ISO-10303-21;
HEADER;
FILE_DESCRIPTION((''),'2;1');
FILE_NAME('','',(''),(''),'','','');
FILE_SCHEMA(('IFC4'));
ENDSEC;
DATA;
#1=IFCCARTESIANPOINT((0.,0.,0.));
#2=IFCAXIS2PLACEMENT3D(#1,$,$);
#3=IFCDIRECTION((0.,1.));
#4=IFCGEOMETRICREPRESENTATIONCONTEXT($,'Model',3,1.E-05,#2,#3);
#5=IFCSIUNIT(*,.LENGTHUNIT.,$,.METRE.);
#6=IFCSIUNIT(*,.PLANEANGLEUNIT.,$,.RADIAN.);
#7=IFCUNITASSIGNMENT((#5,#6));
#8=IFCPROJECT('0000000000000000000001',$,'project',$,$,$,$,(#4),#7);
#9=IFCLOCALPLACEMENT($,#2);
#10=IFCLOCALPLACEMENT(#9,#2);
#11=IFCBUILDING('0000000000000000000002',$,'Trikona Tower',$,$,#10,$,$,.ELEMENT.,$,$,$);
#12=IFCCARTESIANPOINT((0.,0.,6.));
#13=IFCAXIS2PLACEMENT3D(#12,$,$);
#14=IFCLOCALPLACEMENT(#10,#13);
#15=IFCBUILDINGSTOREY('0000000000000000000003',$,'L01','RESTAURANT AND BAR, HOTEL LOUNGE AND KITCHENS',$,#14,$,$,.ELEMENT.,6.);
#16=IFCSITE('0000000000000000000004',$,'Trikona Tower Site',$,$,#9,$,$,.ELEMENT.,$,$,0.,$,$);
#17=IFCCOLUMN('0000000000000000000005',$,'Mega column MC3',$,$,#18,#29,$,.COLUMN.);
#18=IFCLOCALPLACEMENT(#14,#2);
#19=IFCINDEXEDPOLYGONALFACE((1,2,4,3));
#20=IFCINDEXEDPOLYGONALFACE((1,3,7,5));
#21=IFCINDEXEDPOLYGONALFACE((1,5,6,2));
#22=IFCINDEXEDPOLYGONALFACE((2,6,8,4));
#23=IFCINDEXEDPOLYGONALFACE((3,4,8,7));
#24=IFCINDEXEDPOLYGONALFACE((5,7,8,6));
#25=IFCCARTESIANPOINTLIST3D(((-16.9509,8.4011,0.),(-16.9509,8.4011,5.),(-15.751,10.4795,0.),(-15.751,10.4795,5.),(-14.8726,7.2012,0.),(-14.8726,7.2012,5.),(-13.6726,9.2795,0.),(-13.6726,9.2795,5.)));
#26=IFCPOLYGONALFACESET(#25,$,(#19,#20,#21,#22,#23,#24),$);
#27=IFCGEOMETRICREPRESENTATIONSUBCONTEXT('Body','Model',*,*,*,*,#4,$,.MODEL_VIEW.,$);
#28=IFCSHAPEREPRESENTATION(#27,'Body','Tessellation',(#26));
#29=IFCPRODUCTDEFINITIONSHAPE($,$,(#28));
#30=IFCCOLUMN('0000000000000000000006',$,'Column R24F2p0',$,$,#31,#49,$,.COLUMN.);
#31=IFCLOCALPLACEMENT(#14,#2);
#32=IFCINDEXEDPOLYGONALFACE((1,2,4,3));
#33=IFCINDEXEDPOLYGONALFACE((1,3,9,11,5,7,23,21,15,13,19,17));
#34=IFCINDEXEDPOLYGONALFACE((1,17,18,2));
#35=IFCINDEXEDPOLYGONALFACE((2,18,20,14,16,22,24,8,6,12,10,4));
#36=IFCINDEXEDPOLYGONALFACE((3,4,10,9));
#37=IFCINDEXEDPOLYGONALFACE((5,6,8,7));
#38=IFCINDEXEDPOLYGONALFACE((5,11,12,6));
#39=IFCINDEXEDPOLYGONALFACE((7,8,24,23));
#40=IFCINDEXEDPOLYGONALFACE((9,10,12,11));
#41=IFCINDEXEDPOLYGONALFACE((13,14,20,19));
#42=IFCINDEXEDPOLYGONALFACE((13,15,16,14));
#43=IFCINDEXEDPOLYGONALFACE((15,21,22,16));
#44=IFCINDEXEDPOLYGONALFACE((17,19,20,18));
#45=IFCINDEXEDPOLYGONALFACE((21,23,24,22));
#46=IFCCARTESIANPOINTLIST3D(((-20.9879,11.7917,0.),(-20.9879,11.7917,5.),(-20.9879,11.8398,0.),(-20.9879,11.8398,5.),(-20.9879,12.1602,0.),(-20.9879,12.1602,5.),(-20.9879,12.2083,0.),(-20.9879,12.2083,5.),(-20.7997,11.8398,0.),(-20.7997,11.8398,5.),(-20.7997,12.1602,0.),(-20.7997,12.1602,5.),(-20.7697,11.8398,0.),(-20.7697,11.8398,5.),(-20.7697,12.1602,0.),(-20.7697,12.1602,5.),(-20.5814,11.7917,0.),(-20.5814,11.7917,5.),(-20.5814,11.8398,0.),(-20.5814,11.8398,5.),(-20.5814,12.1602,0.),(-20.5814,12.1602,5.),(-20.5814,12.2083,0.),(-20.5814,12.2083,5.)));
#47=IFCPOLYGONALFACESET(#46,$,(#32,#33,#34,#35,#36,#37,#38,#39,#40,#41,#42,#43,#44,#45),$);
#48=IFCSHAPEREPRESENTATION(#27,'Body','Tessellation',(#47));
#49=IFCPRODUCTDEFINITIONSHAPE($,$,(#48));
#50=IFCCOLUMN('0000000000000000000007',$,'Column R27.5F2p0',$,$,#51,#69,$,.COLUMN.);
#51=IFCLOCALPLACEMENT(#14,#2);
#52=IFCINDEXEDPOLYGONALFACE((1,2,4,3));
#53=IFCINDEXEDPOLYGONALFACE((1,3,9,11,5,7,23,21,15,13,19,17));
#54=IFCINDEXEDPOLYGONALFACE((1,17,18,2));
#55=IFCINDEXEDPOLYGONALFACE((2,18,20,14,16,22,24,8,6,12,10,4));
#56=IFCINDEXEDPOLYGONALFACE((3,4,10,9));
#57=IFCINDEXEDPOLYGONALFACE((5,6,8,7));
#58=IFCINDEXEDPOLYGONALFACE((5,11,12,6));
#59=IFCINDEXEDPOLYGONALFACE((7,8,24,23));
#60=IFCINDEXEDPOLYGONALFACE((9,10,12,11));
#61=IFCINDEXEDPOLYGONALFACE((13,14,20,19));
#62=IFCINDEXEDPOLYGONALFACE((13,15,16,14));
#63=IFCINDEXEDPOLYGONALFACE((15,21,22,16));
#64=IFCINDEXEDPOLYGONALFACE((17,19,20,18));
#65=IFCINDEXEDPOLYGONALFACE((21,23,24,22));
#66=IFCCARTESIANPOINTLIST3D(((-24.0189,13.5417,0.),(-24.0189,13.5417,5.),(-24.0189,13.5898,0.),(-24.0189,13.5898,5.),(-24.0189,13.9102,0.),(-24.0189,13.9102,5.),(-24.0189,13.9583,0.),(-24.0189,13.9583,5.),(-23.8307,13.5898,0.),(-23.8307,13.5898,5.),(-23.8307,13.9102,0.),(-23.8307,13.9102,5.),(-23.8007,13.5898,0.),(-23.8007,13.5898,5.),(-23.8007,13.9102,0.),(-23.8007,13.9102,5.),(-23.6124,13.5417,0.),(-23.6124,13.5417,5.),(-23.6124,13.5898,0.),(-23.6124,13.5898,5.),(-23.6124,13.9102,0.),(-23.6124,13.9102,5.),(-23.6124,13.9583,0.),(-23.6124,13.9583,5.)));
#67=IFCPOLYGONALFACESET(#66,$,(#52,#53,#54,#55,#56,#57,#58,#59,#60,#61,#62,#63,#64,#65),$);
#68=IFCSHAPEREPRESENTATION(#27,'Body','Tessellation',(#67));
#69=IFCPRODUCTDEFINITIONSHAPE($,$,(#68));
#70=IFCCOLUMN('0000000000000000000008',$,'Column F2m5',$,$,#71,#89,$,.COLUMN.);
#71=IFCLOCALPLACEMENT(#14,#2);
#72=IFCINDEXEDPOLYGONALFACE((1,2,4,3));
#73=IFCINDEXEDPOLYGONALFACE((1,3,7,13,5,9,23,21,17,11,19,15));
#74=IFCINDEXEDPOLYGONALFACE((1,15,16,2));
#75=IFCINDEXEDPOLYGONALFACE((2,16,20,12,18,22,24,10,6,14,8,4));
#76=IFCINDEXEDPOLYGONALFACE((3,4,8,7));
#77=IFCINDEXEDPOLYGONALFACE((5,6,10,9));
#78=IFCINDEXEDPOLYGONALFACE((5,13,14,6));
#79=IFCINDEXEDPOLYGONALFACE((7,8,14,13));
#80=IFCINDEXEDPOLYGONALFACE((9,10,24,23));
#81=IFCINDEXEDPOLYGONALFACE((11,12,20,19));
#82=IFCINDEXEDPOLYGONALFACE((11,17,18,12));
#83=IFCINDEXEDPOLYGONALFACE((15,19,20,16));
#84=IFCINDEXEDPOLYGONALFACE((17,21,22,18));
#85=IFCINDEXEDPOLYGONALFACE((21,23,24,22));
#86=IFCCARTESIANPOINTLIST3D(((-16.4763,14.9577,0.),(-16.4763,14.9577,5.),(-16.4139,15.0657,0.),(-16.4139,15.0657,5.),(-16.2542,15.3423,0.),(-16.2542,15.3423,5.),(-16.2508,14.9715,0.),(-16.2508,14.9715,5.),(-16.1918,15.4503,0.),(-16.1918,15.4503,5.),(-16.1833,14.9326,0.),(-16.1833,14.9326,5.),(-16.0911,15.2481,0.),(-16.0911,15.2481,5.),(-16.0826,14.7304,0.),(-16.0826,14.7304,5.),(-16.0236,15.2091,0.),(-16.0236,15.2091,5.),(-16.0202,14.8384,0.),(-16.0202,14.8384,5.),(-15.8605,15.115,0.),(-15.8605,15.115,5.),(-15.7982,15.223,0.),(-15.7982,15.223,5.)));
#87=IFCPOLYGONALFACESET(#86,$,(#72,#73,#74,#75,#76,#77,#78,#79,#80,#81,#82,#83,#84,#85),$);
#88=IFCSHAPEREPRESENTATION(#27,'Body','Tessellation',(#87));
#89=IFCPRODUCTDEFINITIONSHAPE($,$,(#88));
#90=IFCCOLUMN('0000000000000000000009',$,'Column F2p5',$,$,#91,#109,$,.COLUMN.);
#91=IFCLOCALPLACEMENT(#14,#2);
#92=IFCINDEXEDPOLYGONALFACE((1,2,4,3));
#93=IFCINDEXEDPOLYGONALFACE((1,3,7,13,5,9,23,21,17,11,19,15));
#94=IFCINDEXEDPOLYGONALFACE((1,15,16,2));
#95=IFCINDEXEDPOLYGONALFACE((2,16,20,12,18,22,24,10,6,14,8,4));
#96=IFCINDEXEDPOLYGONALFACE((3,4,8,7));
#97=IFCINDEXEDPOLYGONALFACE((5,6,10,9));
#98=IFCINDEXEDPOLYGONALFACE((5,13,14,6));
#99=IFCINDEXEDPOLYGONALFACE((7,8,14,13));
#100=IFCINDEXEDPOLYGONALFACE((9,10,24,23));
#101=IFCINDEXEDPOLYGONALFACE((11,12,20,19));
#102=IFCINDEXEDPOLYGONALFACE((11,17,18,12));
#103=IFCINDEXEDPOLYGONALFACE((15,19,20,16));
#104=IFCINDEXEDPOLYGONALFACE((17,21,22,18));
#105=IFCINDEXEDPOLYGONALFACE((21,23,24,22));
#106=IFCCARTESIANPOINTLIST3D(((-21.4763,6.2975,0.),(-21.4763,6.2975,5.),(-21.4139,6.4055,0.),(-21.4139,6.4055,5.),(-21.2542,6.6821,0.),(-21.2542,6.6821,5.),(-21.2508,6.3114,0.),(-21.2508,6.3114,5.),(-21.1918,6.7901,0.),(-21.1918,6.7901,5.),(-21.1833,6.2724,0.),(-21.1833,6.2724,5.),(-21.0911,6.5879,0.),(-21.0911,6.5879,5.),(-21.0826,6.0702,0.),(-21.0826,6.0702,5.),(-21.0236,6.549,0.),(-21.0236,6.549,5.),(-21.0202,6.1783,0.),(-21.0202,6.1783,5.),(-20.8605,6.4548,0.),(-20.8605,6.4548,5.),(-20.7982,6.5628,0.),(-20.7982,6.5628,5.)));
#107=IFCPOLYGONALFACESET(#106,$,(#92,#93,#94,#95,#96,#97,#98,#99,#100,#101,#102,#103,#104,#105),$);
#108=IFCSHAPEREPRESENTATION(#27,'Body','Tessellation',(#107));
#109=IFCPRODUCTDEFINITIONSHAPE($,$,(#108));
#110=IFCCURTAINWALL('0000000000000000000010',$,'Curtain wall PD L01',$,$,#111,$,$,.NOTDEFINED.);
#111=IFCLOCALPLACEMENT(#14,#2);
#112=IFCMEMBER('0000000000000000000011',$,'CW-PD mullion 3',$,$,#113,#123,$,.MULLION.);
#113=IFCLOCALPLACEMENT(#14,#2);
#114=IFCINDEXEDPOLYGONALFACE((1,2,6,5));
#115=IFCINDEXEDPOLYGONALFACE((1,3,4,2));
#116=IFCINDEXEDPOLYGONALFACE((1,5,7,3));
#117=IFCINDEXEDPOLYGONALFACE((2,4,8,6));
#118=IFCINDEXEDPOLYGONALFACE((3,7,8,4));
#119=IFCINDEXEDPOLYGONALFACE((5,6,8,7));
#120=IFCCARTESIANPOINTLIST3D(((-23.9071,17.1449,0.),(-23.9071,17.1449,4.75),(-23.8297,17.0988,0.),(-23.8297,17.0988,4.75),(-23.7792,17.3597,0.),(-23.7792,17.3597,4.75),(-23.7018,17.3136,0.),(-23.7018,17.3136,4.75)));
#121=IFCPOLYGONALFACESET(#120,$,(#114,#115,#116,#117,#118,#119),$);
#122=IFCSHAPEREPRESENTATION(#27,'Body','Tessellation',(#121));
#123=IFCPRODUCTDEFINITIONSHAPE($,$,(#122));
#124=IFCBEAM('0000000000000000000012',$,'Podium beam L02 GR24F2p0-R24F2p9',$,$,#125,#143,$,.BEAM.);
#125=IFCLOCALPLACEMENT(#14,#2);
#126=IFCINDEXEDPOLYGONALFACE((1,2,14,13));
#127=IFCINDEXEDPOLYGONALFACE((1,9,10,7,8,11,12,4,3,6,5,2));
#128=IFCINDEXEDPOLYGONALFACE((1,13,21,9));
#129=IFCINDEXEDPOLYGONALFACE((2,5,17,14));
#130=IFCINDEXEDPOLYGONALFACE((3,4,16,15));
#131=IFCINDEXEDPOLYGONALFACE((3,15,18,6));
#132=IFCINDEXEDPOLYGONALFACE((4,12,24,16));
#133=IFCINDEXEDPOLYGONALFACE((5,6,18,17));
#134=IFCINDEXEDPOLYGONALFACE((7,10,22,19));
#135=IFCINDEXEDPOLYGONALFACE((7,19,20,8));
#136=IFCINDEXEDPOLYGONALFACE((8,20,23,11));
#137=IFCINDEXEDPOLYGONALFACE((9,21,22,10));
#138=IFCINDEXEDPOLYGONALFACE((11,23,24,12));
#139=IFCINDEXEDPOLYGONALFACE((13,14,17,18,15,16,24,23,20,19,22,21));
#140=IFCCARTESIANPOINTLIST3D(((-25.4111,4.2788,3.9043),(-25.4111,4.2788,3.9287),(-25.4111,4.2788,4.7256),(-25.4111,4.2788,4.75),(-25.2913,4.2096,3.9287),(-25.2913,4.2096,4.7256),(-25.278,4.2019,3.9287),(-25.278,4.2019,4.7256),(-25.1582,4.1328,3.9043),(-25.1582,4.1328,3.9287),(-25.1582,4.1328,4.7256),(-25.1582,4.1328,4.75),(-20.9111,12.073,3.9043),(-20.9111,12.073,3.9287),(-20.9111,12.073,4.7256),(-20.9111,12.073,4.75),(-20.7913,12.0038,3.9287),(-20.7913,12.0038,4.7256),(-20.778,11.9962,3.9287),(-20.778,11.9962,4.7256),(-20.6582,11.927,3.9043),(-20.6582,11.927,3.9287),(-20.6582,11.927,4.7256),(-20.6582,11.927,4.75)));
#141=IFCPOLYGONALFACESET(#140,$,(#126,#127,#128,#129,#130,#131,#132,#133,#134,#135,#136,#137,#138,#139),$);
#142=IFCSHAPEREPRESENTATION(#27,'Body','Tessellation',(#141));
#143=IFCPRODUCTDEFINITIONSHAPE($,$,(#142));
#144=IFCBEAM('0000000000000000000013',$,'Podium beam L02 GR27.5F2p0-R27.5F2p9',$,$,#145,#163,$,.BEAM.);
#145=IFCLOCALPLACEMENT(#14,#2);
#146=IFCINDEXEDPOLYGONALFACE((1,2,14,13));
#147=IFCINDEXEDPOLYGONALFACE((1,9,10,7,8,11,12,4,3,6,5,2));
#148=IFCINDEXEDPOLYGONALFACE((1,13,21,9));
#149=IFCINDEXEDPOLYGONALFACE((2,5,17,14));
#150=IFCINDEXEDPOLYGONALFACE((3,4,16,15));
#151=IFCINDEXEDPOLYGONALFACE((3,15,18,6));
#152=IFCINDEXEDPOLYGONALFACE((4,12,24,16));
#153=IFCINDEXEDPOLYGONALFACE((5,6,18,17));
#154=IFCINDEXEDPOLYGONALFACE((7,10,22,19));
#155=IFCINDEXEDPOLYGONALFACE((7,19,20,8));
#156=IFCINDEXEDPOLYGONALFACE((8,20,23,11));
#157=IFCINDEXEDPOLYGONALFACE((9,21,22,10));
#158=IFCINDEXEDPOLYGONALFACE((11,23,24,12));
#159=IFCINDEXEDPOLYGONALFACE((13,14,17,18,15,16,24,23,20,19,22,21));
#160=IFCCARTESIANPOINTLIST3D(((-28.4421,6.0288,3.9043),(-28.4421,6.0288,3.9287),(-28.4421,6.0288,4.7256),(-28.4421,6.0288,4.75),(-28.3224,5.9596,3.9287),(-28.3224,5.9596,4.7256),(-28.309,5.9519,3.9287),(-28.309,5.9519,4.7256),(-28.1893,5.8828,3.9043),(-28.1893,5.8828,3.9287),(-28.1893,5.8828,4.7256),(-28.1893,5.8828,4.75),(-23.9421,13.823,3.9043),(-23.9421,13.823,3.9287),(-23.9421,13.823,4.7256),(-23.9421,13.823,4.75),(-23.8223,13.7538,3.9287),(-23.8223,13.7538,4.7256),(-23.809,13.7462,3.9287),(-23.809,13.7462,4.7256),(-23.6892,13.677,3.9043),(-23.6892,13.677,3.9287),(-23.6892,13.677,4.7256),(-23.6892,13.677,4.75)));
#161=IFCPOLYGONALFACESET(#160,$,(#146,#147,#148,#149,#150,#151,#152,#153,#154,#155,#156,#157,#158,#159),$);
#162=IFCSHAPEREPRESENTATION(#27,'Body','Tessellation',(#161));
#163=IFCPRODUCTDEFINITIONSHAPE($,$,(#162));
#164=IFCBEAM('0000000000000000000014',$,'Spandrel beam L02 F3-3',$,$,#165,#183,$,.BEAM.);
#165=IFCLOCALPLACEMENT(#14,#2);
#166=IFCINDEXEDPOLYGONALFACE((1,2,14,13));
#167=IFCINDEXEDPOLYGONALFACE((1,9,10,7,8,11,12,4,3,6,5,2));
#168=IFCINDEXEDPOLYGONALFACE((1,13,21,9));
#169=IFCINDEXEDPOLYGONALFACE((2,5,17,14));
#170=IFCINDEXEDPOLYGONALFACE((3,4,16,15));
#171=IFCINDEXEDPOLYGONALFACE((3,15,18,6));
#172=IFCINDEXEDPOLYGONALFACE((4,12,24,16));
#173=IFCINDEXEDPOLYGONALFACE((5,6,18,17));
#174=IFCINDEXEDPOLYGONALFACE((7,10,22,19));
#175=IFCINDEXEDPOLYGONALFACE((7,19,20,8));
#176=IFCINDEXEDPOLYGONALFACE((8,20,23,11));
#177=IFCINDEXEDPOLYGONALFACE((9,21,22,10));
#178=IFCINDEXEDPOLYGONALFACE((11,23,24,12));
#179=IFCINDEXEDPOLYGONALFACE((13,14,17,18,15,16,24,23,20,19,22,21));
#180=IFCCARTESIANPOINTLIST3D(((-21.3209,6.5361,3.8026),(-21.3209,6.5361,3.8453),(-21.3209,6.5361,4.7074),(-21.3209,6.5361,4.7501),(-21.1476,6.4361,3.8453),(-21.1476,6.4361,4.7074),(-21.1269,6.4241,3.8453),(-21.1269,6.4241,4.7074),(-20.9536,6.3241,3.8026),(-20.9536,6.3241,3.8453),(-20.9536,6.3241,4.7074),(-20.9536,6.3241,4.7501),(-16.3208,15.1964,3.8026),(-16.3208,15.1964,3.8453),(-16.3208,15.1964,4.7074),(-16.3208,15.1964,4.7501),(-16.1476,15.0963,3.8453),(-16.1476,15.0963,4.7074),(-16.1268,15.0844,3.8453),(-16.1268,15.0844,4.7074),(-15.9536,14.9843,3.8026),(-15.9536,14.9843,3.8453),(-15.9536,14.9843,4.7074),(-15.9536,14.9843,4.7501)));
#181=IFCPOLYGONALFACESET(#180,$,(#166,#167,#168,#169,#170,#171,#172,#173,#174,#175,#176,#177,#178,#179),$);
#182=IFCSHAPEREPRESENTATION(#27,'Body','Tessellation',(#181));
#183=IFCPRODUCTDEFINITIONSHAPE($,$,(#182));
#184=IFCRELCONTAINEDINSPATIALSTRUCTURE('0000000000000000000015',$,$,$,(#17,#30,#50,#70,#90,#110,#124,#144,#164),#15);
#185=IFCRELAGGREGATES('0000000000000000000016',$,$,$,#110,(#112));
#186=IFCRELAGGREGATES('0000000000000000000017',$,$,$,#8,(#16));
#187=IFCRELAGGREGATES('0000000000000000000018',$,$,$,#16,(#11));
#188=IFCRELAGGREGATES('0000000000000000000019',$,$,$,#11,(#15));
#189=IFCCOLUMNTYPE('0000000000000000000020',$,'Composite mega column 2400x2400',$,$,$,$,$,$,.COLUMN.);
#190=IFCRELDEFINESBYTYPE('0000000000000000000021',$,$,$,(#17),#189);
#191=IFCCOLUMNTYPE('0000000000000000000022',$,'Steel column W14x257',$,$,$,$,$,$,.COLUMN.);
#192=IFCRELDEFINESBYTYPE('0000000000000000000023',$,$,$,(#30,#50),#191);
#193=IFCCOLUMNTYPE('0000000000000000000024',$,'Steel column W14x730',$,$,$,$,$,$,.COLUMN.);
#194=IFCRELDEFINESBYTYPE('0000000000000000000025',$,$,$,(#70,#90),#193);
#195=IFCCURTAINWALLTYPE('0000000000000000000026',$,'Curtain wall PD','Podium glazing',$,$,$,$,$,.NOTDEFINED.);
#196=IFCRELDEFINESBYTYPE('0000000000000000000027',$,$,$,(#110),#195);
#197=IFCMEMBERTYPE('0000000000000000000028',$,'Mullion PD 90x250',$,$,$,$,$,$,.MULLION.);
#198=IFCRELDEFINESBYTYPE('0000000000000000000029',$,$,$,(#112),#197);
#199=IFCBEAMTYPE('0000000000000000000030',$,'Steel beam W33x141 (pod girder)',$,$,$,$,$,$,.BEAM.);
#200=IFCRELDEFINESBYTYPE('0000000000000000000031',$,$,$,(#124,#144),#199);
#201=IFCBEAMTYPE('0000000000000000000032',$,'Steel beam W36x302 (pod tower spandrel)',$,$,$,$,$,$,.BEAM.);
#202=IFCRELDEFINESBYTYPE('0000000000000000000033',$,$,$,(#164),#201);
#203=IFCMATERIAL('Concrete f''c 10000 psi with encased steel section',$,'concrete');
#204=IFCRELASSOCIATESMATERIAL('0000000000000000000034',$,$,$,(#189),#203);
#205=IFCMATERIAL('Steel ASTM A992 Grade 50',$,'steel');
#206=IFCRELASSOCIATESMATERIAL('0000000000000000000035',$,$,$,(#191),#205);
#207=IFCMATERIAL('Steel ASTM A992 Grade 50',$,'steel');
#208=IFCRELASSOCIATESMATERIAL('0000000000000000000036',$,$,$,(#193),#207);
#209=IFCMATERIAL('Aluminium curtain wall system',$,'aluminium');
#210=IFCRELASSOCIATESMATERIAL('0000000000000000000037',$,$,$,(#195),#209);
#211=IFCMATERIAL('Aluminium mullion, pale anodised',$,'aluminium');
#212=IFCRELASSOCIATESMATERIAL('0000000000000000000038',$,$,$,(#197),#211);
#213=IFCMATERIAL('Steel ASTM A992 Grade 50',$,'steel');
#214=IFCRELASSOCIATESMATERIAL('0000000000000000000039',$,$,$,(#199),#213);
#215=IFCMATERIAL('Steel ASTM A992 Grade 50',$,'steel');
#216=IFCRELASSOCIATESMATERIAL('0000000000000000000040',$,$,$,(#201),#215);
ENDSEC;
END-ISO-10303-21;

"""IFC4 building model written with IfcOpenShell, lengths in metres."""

from ifc_helpers import new_model, si_unit, direction, frame, origin, origin_2d, place, context, subcontext, project, spatial, rectangle, i_section, extrude, material, material_profile, profile_set, type_object, element, aggregate, save


model = new_model("IFC4")

# Units and contexts
model_context = context("Model", 3, precision=1e-05, world=origin(), true_north=direction((0.0, 1.0)))
body_context = subcontext(model_context, "Body", "Model", "MODEL_VIEW")
ifc_project = project(units=[si_unit("LENGTHUNIT", "METRE"), si_unit("PLANEANGLEUNIT", "RADIAN")], contexts=[model_context])

# Site, building, storey
site_placement = place(None, origin())
site = spatial("IfcSite", under=ifc_project, at=site_placement, Name="Trikona Tower Site", CompositionType="ELEMENT", RefElevation=0.0)
building_placement = place(site_placement, origin())
building = spatial("IfcBuilding", under=site, at=building_placement, Name="Trikona Tower", CompositionType="ELEMENT")
storey_placement = place(building_placement, frame((0.0, 0.0, 6.0)))
storey = spatial("IfcBuildingStorey", under=building, at=storey_placement, Name="L01", Description="RESTAURANT AND BAR, HOTEL LOUNGE AND KITCHENS", CompositionType="ELEMENT", Elevation=6.0)

# Columns
ifc_material_1 = material(Name="Concrete f'c 10000 psi with encased steel section", Category="concrete")
ifc_material_profile_1 = material_profile(ifc_material_1, rectangle(XDim=2.3999, YDim=2.3999, at=origin_2d()), Name="MC2400")
ifc_profile_set_1 = profile_set([ifc_material_profile_1], Name="Concrete f'c 10000 psi with encased steel section")
column_type_1 = type_object("IfcColumnType", Name="Composite mega column 2400x2400", PredefinedType="COLUMN", material=ifc_profile_set_1)
column_placement = place(storey_placement, frame((-15.3118, 8.8403, 0.0), z_axis=(0.0, 0.0, 1.0), x_axis=(-0.866025, 0.5, 0.0)))
element("IfcColumn", 1, at=column_placement, inside=storey, type_object=column_type_1, Name="Mega column MC3", PredefinedType="COLUMN", context=body_context, shape_type="SweptSolid", body=[
    extrude(rectangle(XDim=2.3999, YDim=2.3999, at=origin_2d()), origin(), (0.0, 0.0, 1.0), 5.0),
])
ifc_material_2 = material(Name="Steel ASTM A992 Grade 50", Category="steel")
ifc_material_profile_2 = material_profile(ifc_material_2, i_section(OverallWidth=0.4065, OverallDepth=0.4165, WebThickness=0.03, FlangeThickness=0.0481, at=origin_2d()), Name="W14X257")
ifc_profile_set_2 = profile_set([ifc_material_profile_2], Name="Steel ASTM A992 Grade 50")
column_type_2 = type_object("IfcColumnType", Name="Steel column W14x257", PredefinedType="COLUMN", material=ifc_profile_set_2)
for number, where, z_axis, x_axis, name in (
    (2, (-20.7847, 12.0, 0.0), (0.0, 0.0, 1.0), (1.0, 0.0, 0.0), "Column R24F2p0"),
    (3, (-23.8157, 13.75, 0.0), (0.0, 0.0, 1.0), (1.0, 0.0, 0.0), "Column R27.5F2p0"),
):
    element("IfcColumn", number, at=place(storey_placement, frame(where, z_axis=z_axis, x_axis=x_axis)), inside=storey, type_object=column_type_2, Name=name, PredefinedType="COLUMN", context=body_context, shape_type="SweptSolid", body=[
        extrude(i_section(OverallWidth=0.4065, OverallDepth=0.4165, WebThickness=0.03, FlangeThickness=0.0481, at=origin_2d()), origin(), (0.0, 0.0, 1.0), 5.0),
    ])
ifc_material_3 = material(Name="Steel ASTM A992 Grade 50", Category="steel")
ifc_material_profile_3 = material_profile(ifc_material_3, i_section(OverallWidth=0.4546, OverallDepth=0.5688, WebThickness=0.0779, FlangeThickness=0.1248, at=origin_2d()), Name="W14X730")
ifc_profile_set_3 = profile_set([ifc_material_profile_3], Name="Steel ASTM A992 Grade 50")
column_type_3 = type_object("IfcColumnType", Name="Steel column W14x730", PredefinedType="COLUMN", material=ifc_profile_set_3)
for number, where, z_axis, x_axis, name in (
    (4, (-16.1372, 15.0903, 0.0), (0.0, 0.0, 1.0), (-0.866025, 0.5, 0.0), "Column F2m5"),
    (5, (-21.1372, 6.4302, 0.0), (0.0, 0.0, 1.0), (-0.866025, 0.5, 0.0), "Column F2p5"),
):
    element("IfcColumn", number, at=place(storey_placement, frame(where, z_axis=z_axis, x_axis=x_axis)), inside=storey, type_object=column_type_3, Name=name, PredefinedType="COLUMN", context=body_context, shape_type="SweptSolid", body=[
        extrude(i_section(OverallWidth=0.4546, OverallDepth=0.5688, WebThickness=0.0779, FlangeThickness=0.1248, at=origin_2d()), origin(), (0.0, 0.0, 1.0), 5.0),
    ])

# Curtain wall, member
ifc_material_4 = material(Name="Aluminium curtain wall system", Category="aluminium")
curtain_wall_type = type_object("IfcCurtainWallType", Name="Curtain wall PD", Description="Podium glazing", PredefinedType="NOTDEFINED", material=ifc_material_4)
curtain_wall_placement = place(storey_placement, origin())
curtain_wall = element("IfcCurtainWall", 6, at=curtain_wall_placement, inside=storey, type_object=curtain_wall_type, Name="Curtain wall PD L01", PredefinedType="NOTDEFINED")
ifc_material_5 = material(Name="Aluminium mullion, pale anodised", Category="aluminium")
ifc_material_profile_4 = material_profile(ifc_material_5, rectangle(XDim=0.0901, YDim=0.25, at=origin_2d()), Name="MUL-PD")
ifc_profile_set_4 = profile_set([ifc_material_profile_4], Name="Aluminium mullion, pale anodised")
member_type_1 = type_object("IfcMemberType", Name="Mullion PD 90x250", PredefinedType="MULLION", material=ifc_profile_set_4)
member_1_placement = place(storey_placement, frame((-23.8044, 17.2292, 0.0), z_axis=(0.0, 0.0, 1.0), x_axis=(0.859284, -0.511499, 0.0)))
member_1 = element("IfcMember", 7, at=member_1_placement, type_object=member_type_1, Name="CW-PD mullion 3", PredefinedType="MULLION", context=body_context, shape_type="SweptSolid", body=[
    extrude(rectangle(XDim=0.0901, YDim=0.25, at=origin_2d()), origin(), (0.0, 0.0, 1.0), 4.75),
])

# Beams
ifc_material_6 = material(Name="Steel ASTM A992 Grade 50", Category="steel")
ifc_material_profile_5 = material_profile(ifc_material_6, i_section(OverallWidth=0.292, OverallDepth=0.8457, WebThickness=0.0154, FlangeThickness=0.0244, at=origin_2d()), Name="W33X141")
ifc_profile_set_5 = profile_set([ifc_material_profile_5], Name="Steel ASTM A992 Grade 50")
beam_type_1 = type_object("IfcBeamType", Name="Steel beam W33x141 (pod girder)", PredefinedType="BEAM", material=ifc_profile_set_5)
for number, where, z_axis, x_axis, name in (
    (8, (-20.7847, 12.0, 4.3271), (-0.500002, -0.866024, 0.0), (0.866024, -0.500002, 0.0), "Podium beam L02 GR24F2p0-R24F2p9"),
    (9, (-23.8157, 13.75, 4.3271), (-0.500002, -0.866024, 0.0), (0.866024, -0.500002, 0.0), "Podium beam L02 GR27.5F2p0-R27.5F2p9"),
):
    element("IfcBeam", number, at=place(storey_placement, frame(where, z_axis=z_axis, x_axis=x_axis)), inside=storey, type_object=beam_type_1, Name=name, PredefinedType="BEAM", context=body_context, shape_type="SweptSolid", body=[
        extrude(i_section(OverallWidth=0.292, OverallDepth=0.8457, WebThickness=0.0154, FlangeThickness=0.0244, at=origin_2d()), origin(), (0.0, 0.0, 1.0), 9.0),
    ])
ifc_material_7 = material(Name="Steel ASTM A992 Grade 50", Category="steel")
ifc_material_profile_6 = material_profile(ifc_material_7, i_section(OverallWidth=0.4241, OverallDepth=0.9475, WebThickness=0.0239, FlangeThickness=0.0427, at=origin_2d()), Name="W36X302")
ifc_profile_set_6 = profile_set([ifc_material_profile_6], Name="Steel ASTM A992 Grade 50")
beam_type_2 = type_object("IfcBeamType", Name="Steel beam W36x302 (pod tower spandrel)", PredefinedType="BEAM", material=ifc_profile_set_6)
beam_1_placement = place(storey_placement, frame((-16.1372, 15.0903, 4.2764), z_axis=(-0.500004, -0.866023, 0.0), x_axis=(0.866023, -0.500004, 0.0)))
element("IfcBeam", 10, at=beam_1_placement, inside=storey, type_object=beam_type_2, Name="Spandrel beam L02 F3-3", PredefinedType="BEAM", context=body_context, shape_type="SweptSolid", body=[
    extrude(i_section(OverallWidth=0.4241, OverallDepth=0.9475, WebThickness=0.0239, FlangeThickness=0.0427, at=origin_2d()), origin(), (0.0, 0.0, 1.0), 10.0),
])

aggregate(curtain_wall, [member_1])

save(model, "model.ifc")
